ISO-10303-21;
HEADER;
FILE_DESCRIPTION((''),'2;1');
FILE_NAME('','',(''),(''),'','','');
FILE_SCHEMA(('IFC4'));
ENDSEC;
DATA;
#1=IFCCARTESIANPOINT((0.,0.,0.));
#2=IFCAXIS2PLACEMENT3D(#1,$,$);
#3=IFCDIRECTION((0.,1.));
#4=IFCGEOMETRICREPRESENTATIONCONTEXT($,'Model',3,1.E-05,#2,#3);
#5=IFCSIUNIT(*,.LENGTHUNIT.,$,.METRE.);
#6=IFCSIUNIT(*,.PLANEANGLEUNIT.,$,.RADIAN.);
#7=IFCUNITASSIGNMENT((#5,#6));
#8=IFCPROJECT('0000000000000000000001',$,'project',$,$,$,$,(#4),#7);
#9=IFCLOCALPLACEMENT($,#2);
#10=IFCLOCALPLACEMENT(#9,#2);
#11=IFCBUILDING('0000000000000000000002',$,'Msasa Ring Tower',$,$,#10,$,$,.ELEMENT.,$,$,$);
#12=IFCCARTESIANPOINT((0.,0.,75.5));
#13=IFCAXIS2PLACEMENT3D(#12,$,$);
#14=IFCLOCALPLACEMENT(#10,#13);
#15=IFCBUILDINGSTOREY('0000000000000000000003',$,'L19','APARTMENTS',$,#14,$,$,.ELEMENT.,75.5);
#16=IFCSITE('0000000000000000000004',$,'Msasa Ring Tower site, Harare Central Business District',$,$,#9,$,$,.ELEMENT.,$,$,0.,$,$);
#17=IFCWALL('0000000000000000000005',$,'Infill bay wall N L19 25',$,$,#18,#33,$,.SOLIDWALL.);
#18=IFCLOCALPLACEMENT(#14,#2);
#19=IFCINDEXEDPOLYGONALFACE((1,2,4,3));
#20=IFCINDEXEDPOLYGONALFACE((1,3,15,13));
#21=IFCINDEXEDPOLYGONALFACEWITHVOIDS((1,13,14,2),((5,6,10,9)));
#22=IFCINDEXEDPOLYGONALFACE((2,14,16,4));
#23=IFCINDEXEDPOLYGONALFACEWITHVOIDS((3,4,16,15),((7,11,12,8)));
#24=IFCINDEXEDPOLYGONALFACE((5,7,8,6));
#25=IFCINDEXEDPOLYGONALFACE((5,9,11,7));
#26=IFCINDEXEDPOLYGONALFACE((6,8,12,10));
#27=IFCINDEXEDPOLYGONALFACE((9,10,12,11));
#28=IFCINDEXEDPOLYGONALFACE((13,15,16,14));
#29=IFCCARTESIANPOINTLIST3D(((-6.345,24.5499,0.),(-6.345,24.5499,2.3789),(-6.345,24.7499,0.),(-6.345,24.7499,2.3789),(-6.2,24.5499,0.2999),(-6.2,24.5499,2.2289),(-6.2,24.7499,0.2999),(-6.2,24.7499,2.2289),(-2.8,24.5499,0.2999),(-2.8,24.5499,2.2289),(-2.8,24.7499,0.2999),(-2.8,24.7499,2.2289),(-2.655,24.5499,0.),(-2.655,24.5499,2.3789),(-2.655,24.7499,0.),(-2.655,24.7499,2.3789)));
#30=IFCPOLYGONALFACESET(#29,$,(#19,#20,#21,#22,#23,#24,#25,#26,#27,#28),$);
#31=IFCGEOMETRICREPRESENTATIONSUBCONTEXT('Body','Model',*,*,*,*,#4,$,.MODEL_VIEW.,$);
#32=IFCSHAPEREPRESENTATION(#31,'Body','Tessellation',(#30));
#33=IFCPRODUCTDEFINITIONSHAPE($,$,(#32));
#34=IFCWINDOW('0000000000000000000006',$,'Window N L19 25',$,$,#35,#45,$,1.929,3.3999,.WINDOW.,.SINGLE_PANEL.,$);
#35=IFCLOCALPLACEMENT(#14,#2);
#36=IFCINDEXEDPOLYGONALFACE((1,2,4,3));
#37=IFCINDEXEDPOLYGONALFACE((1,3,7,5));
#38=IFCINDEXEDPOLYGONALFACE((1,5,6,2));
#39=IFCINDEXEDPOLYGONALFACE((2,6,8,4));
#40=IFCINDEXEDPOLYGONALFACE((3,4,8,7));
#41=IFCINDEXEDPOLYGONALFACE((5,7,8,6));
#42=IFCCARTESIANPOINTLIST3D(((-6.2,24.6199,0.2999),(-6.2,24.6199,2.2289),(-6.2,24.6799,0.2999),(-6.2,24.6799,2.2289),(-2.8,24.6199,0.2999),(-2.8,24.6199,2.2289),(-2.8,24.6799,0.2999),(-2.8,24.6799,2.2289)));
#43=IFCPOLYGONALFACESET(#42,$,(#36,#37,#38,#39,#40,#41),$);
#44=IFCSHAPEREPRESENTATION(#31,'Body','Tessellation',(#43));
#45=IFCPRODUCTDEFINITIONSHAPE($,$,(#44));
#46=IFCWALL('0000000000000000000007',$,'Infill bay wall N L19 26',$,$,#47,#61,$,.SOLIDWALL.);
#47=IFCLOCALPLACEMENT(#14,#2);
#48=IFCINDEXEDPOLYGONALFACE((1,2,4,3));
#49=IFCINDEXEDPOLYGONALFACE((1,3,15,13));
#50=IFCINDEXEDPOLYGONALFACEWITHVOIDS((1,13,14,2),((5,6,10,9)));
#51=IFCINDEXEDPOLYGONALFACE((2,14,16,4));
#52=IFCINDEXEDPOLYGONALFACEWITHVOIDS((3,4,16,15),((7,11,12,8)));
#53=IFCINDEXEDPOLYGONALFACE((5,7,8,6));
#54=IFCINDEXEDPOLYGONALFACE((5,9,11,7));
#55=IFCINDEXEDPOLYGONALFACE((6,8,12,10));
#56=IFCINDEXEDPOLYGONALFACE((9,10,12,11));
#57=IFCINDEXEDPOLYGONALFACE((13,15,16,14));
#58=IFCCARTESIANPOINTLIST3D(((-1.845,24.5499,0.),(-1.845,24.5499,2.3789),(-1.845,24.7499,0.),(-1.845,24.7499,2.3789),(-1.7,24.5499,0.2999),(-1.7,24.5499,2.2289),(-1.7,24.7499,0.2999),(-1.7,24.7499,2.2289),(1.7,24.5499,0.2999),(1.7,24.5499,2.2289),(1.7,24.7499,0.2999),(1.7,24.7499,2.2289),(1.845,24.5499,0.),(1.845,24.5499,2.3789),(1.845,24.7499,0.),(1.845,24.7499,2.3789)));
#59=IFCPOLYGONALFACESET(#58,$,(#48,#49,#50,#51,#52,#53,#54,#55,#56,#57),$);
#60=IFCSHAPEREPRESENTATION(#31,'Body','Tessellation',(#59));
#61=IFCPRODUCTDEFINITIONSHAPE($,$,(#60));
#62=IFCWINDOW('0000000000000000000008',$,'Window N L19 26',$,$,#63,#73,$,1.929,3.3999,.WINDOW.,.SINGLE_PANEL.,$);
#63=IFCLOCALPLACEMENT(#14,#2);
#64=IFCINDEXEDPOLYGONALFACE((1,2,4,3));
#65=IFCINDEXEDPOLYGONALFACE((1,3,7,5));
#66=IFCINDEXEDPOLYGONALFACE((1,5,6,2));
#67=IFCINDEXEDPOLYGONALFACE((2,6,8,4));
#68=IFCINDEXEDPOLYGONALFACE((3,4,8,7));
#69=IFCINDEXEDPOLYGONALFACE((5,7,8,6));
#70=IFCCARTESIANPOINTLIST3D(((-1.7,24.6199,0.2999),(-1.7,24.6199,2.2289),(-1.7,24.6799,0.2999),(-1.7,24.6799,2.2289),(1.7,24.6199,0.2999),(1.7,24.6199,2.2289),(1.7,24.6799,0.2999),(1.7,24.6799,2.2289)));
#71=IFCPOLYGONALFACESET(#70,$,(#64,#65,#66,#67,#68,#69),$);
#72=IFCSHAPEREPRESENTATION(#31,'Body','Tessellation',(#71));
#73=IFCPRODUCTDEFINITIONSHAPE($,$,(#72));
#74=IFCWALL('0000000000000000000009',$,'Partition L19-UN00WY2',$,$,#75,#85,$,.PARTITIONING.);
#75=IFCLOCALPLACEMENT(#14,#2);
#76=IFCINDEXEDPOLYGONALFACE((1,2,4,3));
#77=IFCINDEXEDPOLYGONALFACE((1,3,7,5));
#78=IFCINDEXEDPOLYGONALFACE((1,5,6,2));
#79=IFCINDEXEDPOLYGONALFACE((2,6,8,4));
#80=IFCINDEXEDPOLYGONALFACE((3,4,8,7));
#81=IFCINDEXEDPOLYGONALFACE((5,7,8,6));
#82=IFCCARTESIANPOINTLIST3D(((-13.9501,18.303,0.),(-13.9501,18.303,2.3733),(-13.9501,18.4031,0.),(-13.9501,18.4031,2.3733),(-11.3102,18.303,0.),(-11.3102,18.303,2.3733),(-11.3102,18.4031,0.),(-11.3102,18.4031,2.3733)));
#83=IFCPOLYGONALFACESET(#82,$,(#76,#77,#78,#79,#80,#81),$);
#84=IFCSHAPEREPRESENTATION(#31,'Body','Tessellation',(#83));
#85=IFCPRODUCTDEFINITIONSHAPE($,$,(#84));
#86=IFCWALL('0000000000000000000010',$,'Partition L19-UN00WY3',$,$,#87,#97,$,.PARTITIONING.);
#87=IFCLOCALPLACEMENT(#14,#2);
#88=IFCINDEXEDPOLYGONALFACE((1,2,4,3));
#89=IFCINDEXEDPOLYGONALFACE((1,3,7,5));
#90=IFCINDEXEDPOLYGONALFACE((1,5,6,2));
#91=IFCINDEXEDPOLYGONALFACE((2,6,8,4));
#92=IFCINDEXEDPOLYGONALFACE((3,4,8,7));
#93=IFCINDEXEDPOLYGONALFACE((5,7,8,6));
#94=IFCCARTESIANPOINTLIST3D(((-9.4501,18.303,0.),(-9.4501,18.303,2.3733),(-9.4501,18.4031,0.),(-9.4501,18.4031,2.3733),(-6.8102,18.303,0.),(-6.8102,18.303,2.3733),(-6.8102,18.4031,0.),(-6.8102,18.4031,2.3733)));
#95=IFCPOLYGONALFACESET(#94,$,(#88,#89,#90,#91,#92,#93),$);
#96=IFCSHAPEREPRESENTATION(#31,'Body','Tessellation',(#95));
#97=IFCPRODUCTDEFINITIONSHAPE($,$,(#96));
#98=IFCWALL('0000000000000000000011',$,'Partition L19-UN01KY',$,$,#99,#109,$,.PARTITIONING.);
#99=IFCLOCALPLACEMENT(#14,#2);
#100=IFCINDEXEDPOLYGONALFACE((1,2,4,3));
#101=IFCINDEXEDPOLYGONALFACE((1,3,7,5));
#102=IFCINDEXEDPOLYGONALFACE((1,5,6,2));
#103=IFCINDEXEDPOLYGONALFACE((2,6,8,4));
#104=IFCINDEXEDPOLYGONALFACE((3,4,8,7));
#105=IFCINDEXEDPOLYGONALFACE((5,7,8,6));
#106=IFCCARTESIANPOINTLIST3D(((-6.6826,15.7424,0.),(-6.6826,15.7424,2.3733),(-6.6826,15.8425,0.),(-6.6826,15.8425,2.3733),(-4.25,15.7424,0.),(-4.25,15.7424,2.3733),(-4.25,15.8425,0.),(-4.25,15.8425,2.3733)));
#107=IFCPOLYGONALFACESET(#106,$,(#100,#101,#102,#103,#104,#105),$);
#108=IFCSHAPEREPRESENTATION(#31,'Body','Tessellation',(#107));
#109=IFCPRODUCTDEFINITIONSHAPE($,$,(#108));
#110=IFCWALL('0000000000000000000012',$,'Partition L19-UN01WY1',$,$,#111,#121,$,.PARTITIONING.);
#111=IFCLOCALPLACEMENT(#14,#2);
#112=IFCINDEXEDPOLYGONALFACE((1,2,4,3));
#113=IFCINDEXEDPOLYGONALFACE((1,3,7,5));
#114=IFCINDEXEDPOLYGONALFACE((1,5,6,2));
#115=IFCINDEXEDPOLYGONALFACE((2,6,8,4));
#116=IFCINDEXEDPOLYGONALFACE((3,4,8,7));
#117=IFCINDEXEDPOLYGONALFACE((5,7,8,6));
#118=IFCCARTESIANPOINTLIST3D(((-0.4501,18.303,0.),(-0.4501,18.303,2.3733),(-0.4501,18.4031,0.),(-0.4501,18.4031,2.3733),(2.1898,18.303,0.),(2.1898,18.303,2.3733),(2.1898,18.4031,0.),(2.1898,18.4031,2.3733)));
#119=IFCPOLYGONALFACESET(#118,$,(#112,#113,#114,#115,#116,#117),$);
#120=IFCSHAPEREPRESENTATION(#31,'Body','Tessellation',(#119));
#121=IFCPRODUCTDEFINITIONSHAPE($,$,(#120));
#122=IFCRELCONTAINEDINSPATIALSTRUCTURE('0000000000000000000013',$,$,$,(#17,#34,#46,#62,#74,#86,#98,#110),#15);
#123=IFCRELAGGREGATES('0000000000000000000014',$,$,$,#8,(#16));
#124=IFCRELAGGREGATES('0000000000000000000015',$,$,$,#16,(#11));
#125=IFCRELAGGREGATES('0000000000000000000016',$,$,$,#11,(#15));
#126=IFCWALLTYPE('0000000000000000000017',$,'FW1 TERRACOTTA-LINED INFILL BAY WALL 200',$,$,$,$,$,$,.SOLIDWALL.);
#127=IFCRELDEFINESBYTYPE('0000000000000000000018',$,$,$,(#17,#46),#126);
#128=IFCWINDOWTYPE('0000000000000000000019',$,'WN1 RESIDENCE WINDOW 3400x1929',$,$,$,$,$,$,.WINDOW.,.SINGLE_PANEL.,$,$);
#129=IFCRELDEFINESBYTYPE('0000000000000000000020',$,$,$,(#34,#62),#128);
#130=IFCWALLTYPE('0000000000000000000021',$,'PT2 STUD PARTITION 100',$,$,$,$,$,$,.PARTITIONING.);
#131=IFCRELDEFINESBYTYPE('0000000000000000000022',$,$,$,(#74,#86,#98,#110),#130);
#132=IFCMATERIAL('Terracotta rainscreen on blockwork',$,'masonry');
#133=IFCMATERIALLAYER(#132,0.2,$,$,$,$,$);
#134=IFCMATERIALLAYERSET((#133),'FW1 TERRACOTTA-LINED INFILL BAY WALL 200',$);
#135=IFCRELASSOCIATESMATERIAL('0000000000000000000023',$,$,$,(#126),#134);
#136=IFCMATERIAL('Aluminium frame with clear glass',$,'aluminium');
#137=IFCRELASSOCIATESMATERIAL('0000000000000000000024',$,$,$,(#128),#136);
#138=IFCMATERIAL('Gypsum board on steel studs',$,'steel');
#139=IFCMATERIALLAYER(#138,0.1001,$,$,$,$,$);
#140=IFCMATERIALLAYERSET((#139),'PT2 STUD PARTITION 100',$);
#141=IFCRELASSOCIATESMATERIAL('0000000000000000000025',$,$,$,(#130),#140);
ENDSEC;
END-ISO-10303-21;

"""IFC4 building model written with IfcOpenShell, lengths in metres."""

from ifc_helpers import new_model, si_unit, direction, frame, frame_2d, origin, place, context, subcontext, project, spatial, rectangle, extrude, material, layer, layer_set, type_object, element, fill, save


model = new_model("IFC4")

# Units and contexts
model_context = context("Model", 3, precision=1e-05, world=origin(), true_north=direction((0.0, 1.0)))
body_context = subcontext(model_context, "Body", "Model", "MODEL_VIEW")
ifc_project = project(units=[si_unit("LENGTHUNIT", "METRE"), si_unit("PLANEANGLEUNIT", "RADIAN")], contexts=[model_context])

# Site, building, storey
site_placement = place(None, origin())
site = spatial("IfcSite", under=ifc_project, at=site_placement, Name="Msasa Ring Tower site, Harare Central Business District", CompositionType="ELEMENT", RefElevation=0.0)
building_placement = place(site_placement, origin())
building = spatial("IfcBuilding", under=site, at=building_placement, Name="Msasa Ring Tower", CompositionType="ELEMENT")
storey_placement = place(building_placement, frame((0.0, 0.0, 75.5)))
storey = spatial("IfcBuildingStorey", under=building, at=storey_placement, Name="L19", Description="APARTMENTS", CompositionType="ELEMENT", Elevation=75.5)

# Walls, openings, windows
ifc_material_1 = material(Name="Terracotta rainscreen on blockwork", Category="masonry")
ifc_layer_1 = layer(ifc_material_1, 0.2)
ifc_layer_set_1 = layer_set([ifc_layer_1], Name="FW1 TERRACOTTA-LINED INFILL BAY WALL 200")
wall_type_1 = type_object("IfcWallType", Name="FW1 TERRACOTTA-LINED INFILL BAY WALL 200", PredefinedType="SOLIDWALL", material=ifc_layer_set_1)
ifc_material_2 = material(Name="Aluminium frame with clear glass", Category="aluminium")
window_type = type_object("IfcWindowType", Name="WN1 RESIDENCE WINDOW 3400x1929", PartitioningType="SINGLE_PANEL", PredefinedType="WINDOW", material=ifc_material_2)
wall_1_placement = place(storey_placement, frame((-6.345, 24.6499, 0.0), z_axis=(0.0, 0.0, 1.0), x_axis=(1.0, 0.0, 0.0)))
wall_1 = element("IfcWall", 1, at=wall_1_placement, inside=storey, type_object=wall_type_1, Name="Infill bay wall N L19 25", PredefinedType="SOLIDWALL", context=body_context, shape_type="SweptSolid", body=[
    extrude(rectangle(XDim=3.6899, YDim=0.2, at=frame_2d((1.845, 0.0))), origin(), (0.0, 0.0, 1.0), 2.3789),
])
opening_1_placement = place(wall_1_placement, frame((0.145, 0.0, 0.3)))
opening_1 = element("IfcOpeningElement", 2, at=opening_1_placement, cuts=wall_1, PredefinedType="OPENING", context=body_context, shape_type="SweptSolid", body=[
    extrude(rectangle(XDim=3.3999, YDim=1.929, at=frame_2d((1.7, 0.9644))), frame((0.0, 0.1099, 0.0), z_axis=(0.0, -1.0, 0.0), x_axis=(1.0, 0.0, 0.0)), (0.0, 0.0, 1.0), 0.22),
])
window_1_placement = place(opening_1_placement, origin())
window_1 = element("IfcWindow", 3, at=window_1_placement, inside=storey, type_object=window_type, Name="Window N L19 25", OverallHeight=1.929, OverallWidth=3.3999, PartitioningType="SINGLE_PANEL", PredefinedType="WINDOW", context=body_context, shape_type="SweptSolid", body=[
    extrude(rectangle(XDim=3.3999, YDim=1.929, at=frame_2d((1.7, 0.9644))), frame((0.0, 0.03, 0.0), z_axis=(0.0, -1.0, 0.0), x_axis=(1.0, 0.0, 0.0)), (0.0, 0.0, 1.0), 0.0601),
])
fill(opening_1, window_1)
wall_2_placement = place(storey_placement, frame((-1.845, 24.6499, 0.0), z_axis=(0.0, 0.0, 1.0), x_axis=(1.0, 0.0, 0.0)))
wall_2 = element("IfcWall", 4, at=wall_2_placement, inside=storey, type_object=wall_type_1, Name="Infill bay wall N L19 26", PredefinedType="SOLIDWALL", context=body_context, shape_type="SweptSolid", body=[
    extrude(rectangle(XDim=3.6899, YDim=0.2, at=frame_2d((1.845, 0.0))), origin(), (0.0, 0.0, 1.0), 2.3789),
])
opening_2_placement = place(wall_2_placement, frame((0.145, 0.0, 0.3)))
opening_2 = element("IfcOpeningElement", 5, at=opening_2_placement, cuts=wall_2, PredefinedType="OPENING", context=body_context, shape_type="SweptSolid", body=[
    extrude(rectangle(XDim=3.3999, YDim=1.929, at=frame_2d((1.7, 0.9644))), frame((0.0, 0.1099, 0.0), z_axis=(0.0, -1.0, 0.0), x_axis=(1.0, 0.0, 0.0)), (0.0, 0.0, 1.0), 0.22),
])
window_2_placement = place(opening_2_placement, origin())
window_2 = element("IfcWindow", 6, at=window_2_placement, inside=storey, type_object=window_type, Name="Window N L19 26", OverallHeight=1.929, OverallWidth=3.3999, PartitioningType="SINGLE_PANEL", PredefinedType="WINDOW", context=body_context, shape_type="SweptSolid", body=[
    extrude(rectangle(XDim=3.3999, YDim=1.929, at=frame_2d((1.7, 0.9644))), frame((0.0, 0.03, 0.0), z_axis=(0.0, -1.0, 0.0), x_axis=(1.0, 0.0, 0.0)), (0.0, 0.0, 1.0), 0.0601),
])
fill(opening_2, window_2)

# Walls
ifc_material_3 = material(Name="Gypsum board on steel studs", Category="steel")
ifc_layer_2 = layer(ifc_material_3, 0.1001)
ifc_layer_set_2 = layer_set([ifc_layer_2], Name="PT2 STUD PARTITION 100")
wall_type_2 = type_object("IfcWallType", Name="PT2 STUD PARTITION 100", PredefinedType="PARTITIONING", material=ifc_layer_set_2)
for number, where, z_axis, x_axis, name in (
    (7, (-13.95, 18.353, 0.0), (0.0, 0.0, 1.0), (1.0, 0.0, 0.0), "Partition L19-UN00WY2"),
    (8, (-9.45, 18.353, 0.0), (0.0, 0.0, 1.0), (1.0, 0.0, 0.0), "Partition L19-UN00WY3"),
):
    element("IfcWall", number, at=place(storey_placement, frame(where, z_axis=z_axis, x_axis=x_axis)), inside=storey, type_object=wall_type_2, Name=name, PredefinedType="PARTITIONING", context=body_context, shape_type="SweptSolid", body=[
        extrude(rectangle(XDim=2.6399, YDim=0.1001, at=frame_2d((1.3198, 0.0))), origin(), (0.0, 0.0, 1.0), 2.3733),
    ])
wall_3_placement = place(storey_placement, frame((-6.6826, 15.7925, 0.0), z_axis=(0.0, 0.0, 1.0), x_axis=(1.0, 0.0, 0.0)))
element("IfcWall", 9, at=wall_3_placement, inside=storey, type_object=wall_type_2, Name="Partition L19-UN01KY", PredefinedType="PARTITIONING", context=body_context, shape_type="SweptSolid", body=[
    extrude(rectangle(XDim=2.4326, YDim=0.1001, at=frame_2d((1.2163, 0.0))), origin(), (0.0, 0.0, 1.0), 2.3733),
])
wall_4_placement = place(storey_placement, frame((-0.45, 18.353, 0.0), z_axis=(0.0, 0.0, 1.0), x_axis=(1.0, 0.0, 0.0)))
element("IfcWall", 10, at=wall_4_placement, inside=storey, type_object=wall_type_2, Name="Partition L19-UN01WY1", PredefinedType="PARTITIONING", context=body_context, shape_type="SweptSolid", body=[
    extrude(rectangle(XDim=2.6399, YDim=0.1001, at=frame_2d((1.3198, 0.0))), origin(), (0.0, 0.0, 1.0), 2.3733),
])

save(model, "model.ifc")
